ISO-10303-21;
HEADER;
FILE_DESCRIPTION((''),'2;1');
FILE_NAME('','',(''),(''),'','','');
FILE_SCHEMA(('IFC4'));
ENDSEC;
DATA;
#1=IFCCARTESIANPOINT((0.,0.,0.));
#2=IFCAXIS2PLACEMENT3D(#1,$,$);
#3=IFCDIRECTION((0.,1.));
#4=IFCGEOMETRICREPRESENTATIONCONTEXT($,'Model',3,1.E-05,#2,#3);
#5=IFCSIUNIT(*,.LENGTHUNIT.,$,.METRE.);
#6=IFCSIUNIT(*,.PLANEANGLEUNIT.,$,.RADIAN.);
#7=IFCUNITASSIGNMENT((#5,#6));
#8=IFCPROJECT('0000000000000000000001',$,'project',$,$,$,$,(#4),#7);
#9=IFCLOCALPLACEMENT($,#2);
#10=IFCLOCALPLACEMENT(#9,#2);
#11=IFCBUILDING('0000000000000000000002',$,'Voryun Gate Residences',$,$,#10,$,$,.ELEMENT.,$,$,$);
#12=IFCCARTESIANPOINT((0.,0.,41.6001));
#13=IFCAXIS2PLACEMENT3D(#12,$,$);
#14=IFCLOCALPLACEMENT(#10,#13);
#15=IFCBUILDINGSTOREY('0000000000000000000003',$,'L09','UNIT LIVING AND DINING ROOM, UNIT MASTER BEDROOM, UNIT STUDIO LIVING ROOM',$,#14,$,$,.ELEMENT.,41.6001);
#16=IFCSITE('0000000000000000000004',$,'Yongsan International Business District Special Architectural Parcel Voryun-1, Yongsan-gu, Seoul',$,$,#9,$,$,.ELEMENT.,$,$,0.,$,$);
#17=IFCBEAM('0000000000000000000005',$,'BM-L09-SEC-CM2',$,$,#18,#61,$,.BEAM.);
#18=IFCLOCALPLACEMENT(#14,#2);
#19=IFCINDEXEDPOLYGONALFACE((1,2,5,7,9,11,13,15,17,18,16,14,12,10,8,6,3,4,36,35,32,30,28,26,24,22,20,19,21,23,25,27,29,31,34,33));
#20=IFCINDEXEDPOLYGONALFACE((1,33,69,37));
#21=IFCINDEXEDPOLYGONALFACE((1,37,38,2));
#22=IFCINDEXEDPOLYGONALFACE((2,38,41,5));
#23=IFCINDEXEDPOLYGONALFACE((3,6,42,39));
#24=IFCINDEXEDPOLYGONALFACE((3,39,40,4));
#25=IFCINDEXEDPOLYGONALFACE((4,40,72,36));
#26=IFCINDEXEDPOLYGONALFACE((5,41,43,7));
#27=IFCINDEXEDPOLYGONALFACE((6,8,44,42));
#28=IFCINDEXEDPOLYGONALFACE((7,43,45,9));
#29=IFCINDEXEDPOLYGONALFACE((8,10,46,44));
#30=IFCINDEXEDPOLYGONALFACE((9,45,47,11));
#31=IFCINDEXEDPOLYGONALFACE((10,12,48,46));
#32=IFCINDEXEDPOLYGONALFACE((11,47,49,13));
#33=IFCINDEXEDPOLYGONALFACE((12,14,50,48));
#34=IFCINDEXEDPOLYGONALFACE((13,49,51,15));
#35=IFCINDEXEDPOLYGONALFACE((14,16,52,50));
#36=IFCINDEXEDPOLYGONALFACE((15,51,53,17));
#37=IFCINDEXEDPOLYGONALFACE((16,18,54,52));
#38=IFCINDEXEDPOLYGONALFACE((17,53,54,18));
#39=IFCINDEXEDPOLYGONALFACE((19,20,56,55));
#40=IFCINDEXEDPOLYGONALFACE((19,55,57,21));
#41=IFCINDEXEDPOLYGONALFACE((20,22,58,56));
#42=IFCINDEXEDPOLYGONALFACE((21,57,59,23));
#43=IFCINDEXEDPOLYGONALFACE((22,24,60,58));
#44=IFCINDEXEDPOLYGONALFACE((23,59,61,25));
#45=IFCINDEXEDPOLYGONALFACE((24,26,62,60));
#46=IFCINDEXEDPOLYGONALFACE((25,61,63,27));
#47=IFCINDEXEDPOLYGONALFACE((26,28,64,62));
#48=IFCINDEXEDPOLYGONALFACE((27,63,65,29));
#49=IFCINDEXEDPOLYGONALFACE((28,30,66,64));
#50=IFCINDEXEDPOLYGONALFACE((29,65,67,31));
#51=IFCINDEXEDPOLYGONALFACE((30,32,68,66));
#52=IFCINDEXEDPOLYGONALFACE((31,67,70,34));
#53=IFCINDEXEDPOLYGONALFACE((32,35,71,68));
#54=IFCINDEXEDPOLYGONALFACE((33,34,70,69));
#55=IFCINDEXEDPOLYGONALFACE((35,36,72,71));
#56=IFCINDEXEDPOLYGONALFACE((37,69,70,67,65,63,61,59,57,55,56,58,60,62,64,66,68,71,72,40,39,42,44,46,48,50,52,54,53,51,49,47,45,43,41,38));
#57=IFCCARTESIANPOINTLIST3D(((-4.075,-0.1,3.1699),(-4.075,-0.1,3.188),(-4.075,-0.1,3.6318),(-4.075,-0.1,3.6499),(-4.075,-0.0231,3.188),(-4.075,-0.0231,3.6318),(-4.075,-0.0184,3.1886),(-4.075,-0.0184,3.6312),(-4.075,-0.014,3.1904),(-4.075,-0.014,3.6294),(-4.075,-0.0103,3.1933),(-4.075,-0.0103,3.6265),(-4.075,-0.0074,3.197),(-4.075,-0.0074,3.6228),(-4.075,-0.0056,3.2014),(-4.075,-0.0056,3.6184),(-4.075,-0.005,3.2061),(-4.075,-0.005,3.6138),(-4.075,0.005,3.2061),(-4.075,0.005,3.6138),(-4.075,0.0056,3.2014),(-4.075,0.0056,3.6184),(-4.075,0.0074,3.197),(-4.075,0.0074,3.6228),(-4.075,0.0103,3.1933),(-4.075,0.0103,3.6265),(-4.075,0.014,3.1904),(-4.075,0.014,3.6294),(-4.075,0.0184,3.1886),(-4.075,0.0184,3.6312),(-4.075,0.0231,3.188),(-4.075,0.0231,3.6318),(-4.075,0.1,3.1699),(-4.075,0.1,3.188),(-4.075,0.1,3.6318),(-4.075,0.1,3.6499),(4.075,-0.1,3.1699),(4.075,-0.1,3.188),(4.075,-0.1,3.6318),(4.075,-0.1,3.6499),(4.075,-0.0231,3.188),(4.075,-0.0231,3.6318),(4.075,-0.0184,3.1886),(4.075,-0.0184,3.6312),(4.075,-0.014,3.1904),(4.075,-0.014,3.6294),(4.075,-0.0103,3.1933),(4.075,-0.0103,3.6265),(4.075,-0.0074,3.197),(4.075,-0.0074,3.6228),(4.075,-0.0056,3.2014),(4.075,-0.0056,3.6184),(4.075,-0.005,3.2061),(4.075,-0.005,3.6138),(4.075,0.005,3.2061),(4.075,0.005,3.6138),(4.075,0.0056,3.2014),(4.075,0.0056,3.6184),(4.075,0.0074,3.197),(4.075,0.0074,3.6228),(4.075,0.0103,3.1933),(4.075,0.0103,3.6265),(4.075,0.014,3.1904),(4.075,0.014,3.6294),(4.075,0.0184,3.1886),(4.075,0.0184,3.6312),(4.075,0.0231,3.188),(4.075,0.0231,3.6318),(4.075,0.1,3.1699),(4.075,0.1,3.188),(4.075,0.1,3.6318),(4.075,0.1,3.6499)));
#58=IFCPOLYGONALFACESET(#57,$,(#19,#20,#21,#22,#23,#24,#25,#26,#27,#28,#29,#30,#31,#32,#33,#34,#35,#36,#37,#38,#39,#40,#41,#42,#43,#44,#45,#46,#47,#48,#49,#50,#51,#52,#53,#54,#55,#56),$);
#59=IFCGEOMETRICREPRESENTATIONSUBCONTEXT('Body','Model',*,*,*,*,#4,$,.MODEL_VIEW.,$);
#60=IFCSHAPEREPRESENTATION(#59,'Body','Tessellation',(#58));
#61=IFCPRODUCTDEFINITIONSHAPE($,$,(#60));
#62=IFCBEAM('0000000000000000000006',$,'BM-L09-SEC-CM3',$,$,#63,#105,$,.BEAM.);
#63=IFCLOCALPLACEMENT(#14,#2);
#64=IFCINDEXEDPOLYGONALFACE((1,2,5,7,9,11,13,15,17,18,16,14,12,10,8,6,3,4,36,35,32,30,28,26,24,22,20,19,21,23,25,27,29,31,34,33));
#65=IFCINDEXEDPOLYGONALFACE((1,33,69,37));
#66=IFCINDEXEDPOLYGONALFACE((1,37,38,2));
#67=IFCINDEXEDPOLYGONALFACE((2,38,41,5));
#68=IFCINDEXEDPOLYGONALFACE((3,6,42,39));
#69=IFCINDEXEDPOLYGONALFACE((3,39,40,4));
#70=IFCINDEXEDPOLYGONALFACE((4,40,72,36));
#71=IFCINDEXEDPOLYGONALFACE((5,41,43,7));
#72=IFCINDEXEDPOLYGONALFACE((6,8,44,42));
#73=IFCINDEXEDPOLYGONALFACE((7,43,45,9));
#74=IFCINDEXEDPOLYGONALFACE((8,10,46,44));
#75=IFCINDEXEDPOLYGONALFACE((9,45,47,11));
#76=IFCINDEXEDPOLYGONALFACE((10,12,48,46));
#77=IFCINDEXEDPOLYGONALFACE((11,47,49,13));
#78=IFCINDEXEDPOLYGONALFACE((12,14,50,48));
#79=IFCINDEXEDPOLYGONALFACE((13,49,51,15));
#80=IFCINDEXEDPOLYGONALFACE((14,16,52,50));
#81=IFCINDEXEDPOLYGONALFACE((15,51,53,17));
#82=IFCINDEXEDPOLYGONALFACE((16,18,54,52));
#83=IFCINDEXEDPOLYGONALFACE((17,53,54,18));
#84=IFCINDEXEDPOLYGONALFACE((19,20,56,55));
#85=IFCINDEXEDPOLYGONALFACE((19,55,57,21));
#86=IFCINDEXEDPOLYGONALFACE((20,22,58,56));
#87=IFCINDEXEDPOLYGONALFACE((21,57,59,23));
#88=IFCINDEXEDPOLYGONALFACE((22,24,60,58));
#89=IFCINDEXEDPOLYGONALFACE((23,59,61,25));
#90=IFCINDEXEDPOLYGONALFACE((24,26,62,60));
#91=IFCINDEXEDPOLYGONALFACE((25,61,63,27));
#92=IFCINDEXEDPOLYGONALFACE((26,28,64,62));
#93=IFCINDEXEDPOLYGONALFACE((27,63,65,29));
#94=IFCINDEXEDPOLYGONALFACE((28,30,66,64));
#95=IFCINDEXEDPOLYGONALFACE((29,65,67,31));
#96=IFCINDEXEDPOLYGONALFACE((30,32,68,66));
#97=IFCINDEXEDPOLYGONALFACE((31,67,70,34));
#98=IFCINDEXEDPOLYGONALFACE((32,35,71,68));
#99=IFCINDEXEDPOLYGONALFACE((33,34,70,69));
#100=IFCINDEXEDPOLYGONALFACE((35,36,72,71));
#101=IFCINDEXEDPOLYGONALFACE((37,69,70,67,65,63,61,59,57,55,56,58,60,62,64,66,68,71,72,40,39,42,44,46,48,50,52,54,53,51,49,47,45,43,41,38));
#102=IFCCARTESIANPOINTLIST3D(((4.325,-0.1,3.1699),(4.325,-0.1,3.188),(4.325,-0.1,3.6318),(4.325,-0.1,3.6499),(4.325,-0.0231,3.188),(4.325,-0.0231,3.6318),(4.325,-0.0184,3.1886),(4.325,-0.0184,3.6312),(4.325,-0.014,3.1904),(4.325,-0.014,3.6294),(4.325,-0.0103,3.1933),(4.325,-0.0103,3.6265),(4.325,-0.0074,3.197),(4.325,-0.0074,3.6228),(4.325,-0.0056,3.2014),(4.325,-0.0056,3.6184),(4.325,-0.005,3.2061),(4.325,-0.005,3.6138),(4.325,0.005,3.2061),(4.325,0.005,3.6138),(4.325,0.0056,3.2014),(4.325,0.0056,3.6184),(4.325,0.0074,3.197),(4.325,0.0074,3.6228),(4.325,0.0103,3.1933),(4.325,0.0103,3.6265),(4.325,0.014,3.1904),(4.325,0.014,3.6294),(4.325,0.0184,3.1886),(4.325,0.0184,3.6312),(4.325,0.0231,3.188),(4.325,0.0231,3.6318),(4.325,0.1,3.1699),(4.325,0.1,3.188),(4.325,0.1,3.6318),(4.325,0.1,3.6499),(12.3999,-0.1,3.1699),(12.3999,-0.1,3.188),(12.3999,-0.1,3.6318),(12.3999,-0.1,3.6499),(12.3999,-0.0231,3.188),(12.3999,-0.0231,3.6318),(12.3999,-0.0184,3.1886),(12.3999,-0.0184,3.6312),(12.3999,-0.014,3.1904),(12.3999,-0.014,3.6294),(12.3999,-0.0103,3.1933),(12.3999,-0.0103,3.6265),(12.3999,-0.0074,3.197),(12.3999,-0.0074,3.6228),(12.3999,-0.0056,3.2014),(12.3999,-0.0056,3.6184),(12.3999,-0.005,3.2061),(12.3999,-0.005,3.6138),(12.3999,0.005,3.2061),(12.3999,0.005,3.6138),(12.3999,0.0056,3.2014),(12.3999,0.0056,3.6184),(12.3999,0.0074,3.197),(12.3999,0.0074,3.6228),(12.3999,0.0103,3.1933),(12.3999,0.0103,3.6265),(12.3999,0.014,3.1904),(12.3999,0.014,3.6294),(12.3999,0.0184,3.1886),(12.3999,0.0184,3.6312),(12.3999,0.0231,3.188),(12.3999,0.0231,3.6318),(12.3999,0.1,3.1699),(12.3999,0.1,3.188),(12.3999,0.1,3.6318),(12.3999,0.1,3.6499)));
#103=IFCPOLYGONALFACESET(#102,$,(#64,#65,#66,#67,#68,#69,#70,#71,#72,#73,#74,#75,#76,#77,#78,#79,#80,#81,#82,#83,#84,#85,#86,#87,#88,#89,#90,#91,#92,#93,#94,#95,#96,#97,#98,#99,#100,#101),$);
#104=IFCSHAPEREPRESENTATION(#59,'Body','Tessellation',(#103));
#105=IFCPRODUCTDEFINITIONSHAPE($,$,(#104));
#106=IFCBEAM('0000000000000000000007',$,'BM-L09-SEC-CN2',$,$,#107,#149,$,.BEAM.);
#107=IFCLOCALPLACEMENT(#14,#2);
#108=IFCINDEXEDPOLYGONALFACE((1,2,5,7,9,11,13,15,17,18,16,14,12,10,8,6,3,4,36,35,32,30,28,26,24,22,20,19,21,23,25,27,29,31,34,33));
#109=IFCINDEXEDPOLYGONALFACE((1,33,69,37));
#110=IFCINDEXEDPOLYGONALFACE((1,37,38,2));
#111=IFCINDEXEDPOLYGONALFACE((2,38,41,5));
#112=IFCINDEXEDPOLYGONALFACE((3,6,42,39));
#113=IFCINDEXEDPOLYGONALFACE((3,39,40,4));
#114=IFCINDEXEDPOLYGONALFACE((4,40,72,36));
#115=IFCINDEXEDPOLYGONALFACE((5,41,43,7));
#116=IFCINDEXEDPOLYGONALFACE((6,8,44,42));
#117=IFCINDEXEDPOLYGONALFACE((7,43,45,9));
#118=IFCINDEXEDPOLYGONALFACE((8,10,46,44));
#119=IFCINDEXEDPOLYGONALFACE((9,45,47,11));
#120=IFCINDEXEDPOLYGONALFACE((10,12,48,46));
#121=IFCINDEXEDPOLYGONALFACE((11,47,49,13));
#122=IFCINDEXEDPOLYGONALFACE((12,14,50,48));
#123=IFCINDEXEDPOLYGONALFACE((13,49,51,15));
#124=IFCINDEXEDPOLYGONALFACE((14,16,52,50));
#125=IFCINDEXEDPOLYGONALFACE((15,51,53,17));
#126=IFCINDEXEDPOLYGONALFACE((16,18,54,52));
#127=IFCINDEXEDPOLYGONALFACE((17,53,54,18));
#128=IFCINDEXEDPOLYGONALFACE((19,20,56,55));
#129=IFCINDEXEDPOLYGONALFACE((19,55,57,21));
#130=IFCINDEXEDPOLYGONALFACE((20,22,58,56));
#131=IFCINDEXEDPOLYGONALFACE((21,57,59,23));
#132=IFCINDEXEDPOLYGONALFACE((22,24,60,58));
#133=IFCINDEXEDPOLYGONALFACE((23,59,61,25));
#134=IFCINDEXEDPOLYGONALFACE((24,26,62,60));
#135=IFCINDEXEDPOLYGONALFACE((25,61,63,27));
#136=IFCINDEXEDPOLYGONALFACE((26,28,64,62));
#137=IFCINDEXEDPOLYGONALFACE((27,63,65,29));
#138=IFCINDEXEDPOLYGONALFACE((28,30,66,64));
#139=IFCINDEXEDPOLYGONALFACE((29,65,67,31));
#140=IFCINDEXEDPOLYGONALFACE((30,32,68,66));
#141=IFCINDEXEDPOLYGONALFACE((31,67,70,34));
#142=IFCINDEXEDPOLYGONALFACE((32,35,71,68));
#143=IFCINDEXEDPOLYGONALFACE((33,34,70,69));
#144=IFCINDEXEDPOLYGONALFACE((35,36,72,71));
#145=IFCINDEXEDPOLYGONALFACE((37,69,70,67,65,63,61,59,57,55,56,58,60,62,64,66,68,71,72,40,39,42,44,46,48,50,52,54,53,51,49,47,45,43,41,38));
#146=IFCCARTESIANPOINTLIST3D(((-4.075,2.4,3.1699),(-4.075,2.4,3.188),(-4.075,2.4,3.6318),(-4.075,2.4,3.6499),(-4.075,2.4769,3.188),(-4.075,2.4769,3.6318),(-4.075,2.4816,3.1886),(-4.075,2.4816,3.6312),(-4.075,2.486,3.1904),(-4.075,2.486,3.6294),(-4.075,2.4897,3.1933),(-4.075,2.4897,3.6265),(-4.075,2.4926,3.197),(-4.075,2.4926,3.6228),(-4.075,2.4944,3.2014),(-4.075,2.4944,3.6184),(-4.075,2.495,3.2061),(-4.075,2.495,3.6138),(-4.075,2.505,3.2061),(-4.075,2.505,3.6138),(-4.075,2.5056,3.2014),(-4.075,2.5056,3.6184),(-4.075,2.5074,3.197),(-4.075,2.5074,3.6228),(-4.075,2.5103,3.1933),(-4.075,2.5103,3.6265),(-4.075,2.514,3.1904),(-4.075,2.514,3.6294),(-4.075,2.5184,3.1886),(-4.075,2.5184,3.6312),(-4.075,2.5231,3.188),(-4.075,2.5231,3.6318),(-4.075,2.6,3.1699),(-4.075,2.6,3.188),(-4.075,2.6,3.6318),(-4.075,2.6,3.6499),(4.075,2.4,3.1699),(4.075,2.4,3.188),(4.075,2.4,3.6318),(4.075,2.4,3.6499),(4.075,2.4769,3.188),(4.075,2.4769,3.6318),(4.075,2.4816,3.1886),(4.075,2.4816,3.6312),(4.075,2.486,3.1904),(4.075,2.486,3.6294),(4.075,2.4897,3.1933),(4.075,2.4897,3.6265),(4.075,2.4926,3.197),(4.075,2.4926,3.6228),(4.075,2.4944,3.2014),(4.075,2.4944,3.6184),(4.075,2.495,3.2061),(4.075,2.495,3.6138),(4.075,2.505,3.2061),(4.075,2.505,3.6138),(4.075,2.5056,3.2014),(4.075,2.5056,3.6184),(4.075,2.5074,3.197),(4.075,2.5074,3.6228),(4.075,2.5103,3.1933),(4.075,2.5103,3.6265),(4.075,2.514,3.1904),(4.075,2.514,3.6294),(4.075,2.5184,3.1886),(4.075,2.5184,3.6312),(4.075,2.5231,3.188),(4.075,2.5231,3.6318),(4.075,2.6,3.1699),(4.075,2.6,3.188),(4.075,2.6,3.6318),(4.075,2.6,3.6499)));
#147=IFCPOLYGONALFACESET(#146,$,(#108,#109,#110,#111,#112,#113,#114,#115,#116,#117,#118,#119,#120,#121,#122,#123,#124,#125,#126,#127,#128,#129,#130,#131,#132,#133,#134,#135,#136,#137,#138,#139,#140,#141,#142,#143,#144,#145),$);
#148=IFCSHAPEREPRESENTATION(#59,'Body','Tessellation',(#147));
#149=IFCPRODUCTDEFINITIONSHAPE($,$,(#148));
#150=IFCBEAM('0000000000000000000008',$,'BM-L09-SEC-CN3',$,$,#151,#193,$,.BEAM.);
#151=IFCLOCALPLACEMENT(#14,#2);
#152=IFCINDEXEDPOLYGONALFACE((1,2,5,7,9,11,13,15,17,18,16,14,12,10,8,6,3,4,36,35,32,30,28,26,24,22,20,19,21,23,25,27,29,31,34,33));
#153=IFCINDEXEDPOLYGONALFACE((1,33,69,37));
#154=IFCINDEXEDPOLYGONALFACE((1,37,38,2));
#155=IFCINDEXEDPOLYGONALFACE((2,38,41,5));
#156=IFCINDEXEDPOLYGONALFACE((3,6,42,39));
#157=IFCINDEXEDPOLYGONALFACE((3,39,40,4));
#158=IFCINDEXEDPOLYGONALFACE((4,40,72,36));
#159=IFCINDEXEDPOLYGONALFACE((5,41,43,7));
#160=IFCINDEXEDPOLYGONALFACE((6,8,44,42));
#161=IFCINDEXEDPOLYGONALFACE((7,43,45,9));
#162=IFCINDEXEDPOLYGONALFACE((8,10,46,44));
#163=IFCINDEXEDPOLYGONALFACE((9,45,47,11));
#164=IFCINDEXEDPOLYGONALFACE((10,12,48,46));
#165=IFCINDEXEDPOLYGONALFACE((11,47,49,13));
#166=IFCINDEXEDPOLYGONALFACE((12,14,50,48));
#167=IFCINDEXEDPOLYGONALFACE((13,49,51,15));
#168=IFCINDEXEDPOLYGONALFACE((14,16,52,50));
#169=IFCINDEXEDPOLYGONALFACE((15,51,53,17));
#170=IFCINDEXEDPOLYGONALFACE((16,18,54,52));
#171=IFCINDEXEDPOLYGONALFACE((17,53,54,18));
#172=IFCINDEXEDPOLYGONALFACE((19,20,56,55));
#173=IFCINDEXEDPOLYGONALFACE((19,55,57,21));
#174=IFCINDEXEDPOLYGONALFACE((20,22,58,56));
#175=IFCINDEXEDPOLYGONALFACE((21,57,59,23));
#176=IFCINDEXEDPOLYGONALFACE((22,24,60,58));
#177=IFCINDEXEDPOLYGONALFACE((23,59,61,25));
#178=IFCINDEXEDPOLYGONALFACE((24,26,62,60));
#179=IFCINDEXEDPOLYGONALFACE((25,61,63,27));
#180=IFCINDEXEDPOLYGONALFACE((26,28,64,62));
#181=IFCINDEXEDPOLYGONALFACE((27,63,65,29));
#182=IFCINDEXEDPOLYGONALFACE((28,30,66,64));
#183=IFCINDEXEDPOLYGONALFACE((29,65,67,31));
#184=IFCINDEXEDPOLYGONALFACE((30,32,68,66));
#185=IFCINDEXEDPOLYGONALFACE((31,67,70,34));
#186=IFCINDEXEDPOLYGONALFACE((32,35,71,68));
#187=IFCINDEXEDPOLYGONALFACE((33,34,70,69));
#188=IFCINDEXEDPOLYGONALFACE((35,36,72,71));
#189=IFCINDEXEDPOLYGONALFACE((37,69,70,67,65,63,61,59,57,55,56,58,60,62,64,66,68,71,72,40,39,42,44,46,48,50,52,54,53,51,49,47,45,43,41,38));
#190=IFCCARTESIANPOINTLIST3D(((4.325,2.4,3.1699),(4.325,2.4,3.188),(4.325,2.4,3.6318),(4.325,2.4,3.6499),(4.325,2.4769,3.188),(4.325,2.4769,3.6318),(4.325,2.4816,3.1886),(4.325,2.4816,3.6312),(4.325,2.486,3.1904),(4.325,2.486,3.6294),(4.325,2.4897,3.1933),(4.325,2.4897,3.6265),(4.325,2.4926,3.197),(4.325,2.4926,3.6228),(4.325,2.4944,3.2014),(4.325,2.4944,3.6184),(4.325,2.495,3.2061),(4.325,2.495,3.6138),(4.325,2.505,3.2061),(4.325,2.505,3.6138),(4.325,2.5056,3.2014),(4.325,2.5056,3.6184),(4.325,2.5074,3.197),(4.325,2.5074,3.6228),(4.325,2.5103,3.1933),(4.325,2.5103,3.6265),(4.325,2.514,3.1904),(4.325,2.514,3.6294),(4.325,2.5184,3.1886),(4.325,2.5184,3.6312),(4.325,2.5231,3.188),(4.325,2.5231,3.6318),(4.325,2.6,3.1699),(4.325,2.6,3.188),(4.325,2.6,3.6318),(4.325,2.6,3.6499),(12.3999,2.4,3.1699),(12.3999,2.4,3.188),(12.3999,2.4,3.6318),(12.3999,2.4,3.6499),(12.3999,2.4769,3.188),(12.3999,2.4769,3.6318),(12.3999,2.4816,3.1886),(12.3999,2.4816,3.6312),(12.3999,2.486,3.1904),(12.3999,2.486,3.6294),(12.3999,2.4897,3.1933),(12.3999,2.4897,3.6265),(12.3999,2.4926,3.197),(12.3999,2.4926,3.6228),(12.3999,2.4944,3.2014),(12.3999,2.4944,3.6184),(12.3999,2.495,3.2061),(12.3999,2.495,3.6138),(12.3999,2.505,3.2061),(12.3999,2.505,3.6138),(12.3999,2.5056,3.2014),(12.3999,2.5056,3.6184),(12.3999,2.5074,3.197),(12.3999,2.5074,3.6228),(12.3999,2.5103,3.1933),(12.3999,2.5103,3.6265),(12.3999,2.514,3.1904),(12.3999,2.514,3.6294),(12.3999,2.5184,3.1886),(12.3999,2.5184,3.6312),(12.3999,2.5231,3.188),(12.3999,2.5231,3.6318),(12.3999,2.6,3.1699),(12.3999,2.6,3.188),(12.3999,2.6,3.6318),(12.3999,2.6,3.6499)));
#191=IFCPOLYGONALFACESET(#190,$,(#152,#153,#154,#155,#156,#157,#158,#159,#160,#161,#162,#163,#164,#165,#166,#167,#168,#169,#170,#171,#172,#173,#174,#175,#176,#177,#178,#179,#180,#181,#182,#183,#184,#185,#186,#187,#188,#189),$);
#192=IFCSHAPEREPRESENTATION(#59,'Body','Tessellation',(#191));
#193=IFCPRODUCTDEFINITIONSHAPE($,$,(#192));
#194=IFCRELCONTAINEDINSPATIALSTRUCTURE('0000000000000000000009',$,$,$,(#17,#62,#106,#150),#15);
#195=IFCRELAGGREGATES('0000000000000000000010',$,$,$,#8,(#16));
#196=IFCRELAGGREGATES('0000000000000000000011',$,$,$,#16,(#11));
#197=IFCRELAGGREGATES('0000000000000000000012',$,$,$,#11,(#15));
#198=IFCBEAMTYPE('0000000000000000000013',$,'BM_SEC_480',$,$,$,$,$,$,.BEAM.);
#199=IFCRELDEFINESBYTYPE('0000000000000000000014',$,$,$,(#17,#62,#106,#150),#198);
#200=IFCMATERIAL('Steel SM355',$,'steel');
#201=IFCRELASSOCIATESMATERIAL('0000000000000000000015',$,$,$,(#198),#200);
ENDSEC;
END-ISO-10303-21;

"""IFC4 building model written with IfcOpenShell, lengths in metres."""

from ifc_helpers import new_model, si_unit, direction, frame, origin, origin_2d, place, context, subcontext, project, spatial, i_section, extrude, material, material_profile, profile_set, type_object, element, save


model = new_model("IFC4")

# Units and contexts
model_context = context("Model", 3, precision=1e-05, world=origin(), true_north=direction((0.0, 1.0)))
body_context = subcontext(model_context, "Body", "Model", "MODEL_VIEW")
ifc_project = project(units=[si_unit("LENGTHUNIT", "METRE"), si_unit("PLANEANGLEUNIT", "RADIAN")], contexts=[model_context])

# Site, building, storey
site_placement = place(None, origin())
site = spatial("IfcSite", under=ifc_project, at=site_placement, Name="Yongsan International Business District Special Architectural Parcel Voryun-1, Yongsan-gu, Seoul", CompositionType="ELEMENT", RefElevation=0.0)
building_placement = place(site_placement, origin())
building = spatial("IfcBuilding", under=site, at=building_placement, Name="Voryun Gate Residences", CompositionType="ELEMENT")
storey_placement = place(building_placement, frame((0.0, 0.0, 41.6001)))
storey = spatial("IfcBuildingStorey", under=building, at=storey_placement, Name="L09", Description="UNIT LIVING AND DINING ROOM, UNIT MASTER BEDROOM, UNIT STUDIO LIVING ROOM", CompositionType="ELEMENT", Elevation=41.6001)

# Beams
ifc_material_1 = material(Name="Steel SM355", Category="steel")
ifc_material_profile_1 = material_profile(ifc_material_1, i_section(OverallWidth=0.2, OverallDepth=0.48, WebThickness=0.01, FlangeThickness=0.0181, FilletRadius=0.0181, at=origin_2d()), Name="H-480x200x10x18")
ifc_profile_set_1 = profile_set([ifc_material_profile_1], Name="Steel SM355")
beam_type_1 = type_object("IfcBeamType", Name="BM_SEC_480", PredefinedType="BEAM", material=ifc_profile_set_1)
beam_1_placement = place(storey_placement, frame((-4.075, 0.0, 3.4099), z_axis=(1.0, 0.0, 0.0), x_axis=(0.0, 1.0, 0.0)))
element("IfcBeam", 1, at=beam_1_placement, inside=storey, type_object=beam_type_1, Name="BM-L09-SEC-CM2", PredefinedType="BEAM", context=body_context, shape_type="SweptSolid", body=[
    extrude(i_section(OverallWidth=0.2, OverallDepth=0.48, WebThickness=0.01, FlangeThickness=0.0181, FilletRadius=0.0181, at=origin_2d()), origin(), (0.0, 0.0, 1.0), 8.1499),
])
beam_2_placement = place(storey_placement, frame((4.325, 0.0, 3.4099), z_axis=(1.0, 0.0, 0.0), x_axis=(0.0, 1.0, 0.0)))
element("IfcBeam", 2, at=beam_2_placement, inside=storey, type_object=beam_type_1, Name="BM-L09-SEC-CM3", PredefinedType="BEAM", context=body_context, shape_type="SweptSolid", body=[
    extrude(i_section(OverallWidth=0.2, OverallDepth=0.48, WebThickness=0.01, FlangeThickness=0.0181, FilletRadius=0.0181, at=origin_2d()), origin(), (0.0, 0.0, 1.0), 8.075),
])
beam_3_placement = place(storey_placement, frame((-4.075, 2.5, 3.4099), z_axis=(1.0, 0.0, 0.0), x_axis=(0.0, 1.0, 0.0)))
element("IfcBeam", 3, at=beam_3_placement, inside=storey, type_object=beam_type_1, Name="BM-L09-SEC-CN2", PredefinedType="BEAM", context=body_context, shape_type="SweptSolid", body=[
    extrude(i_section(OverallWidth=0.2, OverallDepth=0.48, WebThickness=0.01, FlangeThickness=0.0181, FilletRadius=0.0181, at=origin_2d()), origin(), (0.0, 0.0, 1.0), 8.1499),
])
beam_4_placement = place(storey_placement, frame((4.325, 2.5, 3.4099), z_axis=(1.0, 0.0, 0.0), x_axis=(0.0, 1.0, 0.0)))
element("IfcBeam", 4, at=beam_4_placement, inside=storey, type_object=beam_type_1, Name="BM-L09-SEC-CN3", PredefinedType="BEAM", context=body_context, shape_type="SweptSolid", body=[
    extrude(i_section(OverallWidth=0.2, OverallDepth=0.48, WebThickness=0.01, FlangeThickness=0.0181, FilletRadius=0.0181, at=origin_2d()), origin(), (0.0, 0.0, 1.0), 8.075),
])

save(model, "model.ifc")
